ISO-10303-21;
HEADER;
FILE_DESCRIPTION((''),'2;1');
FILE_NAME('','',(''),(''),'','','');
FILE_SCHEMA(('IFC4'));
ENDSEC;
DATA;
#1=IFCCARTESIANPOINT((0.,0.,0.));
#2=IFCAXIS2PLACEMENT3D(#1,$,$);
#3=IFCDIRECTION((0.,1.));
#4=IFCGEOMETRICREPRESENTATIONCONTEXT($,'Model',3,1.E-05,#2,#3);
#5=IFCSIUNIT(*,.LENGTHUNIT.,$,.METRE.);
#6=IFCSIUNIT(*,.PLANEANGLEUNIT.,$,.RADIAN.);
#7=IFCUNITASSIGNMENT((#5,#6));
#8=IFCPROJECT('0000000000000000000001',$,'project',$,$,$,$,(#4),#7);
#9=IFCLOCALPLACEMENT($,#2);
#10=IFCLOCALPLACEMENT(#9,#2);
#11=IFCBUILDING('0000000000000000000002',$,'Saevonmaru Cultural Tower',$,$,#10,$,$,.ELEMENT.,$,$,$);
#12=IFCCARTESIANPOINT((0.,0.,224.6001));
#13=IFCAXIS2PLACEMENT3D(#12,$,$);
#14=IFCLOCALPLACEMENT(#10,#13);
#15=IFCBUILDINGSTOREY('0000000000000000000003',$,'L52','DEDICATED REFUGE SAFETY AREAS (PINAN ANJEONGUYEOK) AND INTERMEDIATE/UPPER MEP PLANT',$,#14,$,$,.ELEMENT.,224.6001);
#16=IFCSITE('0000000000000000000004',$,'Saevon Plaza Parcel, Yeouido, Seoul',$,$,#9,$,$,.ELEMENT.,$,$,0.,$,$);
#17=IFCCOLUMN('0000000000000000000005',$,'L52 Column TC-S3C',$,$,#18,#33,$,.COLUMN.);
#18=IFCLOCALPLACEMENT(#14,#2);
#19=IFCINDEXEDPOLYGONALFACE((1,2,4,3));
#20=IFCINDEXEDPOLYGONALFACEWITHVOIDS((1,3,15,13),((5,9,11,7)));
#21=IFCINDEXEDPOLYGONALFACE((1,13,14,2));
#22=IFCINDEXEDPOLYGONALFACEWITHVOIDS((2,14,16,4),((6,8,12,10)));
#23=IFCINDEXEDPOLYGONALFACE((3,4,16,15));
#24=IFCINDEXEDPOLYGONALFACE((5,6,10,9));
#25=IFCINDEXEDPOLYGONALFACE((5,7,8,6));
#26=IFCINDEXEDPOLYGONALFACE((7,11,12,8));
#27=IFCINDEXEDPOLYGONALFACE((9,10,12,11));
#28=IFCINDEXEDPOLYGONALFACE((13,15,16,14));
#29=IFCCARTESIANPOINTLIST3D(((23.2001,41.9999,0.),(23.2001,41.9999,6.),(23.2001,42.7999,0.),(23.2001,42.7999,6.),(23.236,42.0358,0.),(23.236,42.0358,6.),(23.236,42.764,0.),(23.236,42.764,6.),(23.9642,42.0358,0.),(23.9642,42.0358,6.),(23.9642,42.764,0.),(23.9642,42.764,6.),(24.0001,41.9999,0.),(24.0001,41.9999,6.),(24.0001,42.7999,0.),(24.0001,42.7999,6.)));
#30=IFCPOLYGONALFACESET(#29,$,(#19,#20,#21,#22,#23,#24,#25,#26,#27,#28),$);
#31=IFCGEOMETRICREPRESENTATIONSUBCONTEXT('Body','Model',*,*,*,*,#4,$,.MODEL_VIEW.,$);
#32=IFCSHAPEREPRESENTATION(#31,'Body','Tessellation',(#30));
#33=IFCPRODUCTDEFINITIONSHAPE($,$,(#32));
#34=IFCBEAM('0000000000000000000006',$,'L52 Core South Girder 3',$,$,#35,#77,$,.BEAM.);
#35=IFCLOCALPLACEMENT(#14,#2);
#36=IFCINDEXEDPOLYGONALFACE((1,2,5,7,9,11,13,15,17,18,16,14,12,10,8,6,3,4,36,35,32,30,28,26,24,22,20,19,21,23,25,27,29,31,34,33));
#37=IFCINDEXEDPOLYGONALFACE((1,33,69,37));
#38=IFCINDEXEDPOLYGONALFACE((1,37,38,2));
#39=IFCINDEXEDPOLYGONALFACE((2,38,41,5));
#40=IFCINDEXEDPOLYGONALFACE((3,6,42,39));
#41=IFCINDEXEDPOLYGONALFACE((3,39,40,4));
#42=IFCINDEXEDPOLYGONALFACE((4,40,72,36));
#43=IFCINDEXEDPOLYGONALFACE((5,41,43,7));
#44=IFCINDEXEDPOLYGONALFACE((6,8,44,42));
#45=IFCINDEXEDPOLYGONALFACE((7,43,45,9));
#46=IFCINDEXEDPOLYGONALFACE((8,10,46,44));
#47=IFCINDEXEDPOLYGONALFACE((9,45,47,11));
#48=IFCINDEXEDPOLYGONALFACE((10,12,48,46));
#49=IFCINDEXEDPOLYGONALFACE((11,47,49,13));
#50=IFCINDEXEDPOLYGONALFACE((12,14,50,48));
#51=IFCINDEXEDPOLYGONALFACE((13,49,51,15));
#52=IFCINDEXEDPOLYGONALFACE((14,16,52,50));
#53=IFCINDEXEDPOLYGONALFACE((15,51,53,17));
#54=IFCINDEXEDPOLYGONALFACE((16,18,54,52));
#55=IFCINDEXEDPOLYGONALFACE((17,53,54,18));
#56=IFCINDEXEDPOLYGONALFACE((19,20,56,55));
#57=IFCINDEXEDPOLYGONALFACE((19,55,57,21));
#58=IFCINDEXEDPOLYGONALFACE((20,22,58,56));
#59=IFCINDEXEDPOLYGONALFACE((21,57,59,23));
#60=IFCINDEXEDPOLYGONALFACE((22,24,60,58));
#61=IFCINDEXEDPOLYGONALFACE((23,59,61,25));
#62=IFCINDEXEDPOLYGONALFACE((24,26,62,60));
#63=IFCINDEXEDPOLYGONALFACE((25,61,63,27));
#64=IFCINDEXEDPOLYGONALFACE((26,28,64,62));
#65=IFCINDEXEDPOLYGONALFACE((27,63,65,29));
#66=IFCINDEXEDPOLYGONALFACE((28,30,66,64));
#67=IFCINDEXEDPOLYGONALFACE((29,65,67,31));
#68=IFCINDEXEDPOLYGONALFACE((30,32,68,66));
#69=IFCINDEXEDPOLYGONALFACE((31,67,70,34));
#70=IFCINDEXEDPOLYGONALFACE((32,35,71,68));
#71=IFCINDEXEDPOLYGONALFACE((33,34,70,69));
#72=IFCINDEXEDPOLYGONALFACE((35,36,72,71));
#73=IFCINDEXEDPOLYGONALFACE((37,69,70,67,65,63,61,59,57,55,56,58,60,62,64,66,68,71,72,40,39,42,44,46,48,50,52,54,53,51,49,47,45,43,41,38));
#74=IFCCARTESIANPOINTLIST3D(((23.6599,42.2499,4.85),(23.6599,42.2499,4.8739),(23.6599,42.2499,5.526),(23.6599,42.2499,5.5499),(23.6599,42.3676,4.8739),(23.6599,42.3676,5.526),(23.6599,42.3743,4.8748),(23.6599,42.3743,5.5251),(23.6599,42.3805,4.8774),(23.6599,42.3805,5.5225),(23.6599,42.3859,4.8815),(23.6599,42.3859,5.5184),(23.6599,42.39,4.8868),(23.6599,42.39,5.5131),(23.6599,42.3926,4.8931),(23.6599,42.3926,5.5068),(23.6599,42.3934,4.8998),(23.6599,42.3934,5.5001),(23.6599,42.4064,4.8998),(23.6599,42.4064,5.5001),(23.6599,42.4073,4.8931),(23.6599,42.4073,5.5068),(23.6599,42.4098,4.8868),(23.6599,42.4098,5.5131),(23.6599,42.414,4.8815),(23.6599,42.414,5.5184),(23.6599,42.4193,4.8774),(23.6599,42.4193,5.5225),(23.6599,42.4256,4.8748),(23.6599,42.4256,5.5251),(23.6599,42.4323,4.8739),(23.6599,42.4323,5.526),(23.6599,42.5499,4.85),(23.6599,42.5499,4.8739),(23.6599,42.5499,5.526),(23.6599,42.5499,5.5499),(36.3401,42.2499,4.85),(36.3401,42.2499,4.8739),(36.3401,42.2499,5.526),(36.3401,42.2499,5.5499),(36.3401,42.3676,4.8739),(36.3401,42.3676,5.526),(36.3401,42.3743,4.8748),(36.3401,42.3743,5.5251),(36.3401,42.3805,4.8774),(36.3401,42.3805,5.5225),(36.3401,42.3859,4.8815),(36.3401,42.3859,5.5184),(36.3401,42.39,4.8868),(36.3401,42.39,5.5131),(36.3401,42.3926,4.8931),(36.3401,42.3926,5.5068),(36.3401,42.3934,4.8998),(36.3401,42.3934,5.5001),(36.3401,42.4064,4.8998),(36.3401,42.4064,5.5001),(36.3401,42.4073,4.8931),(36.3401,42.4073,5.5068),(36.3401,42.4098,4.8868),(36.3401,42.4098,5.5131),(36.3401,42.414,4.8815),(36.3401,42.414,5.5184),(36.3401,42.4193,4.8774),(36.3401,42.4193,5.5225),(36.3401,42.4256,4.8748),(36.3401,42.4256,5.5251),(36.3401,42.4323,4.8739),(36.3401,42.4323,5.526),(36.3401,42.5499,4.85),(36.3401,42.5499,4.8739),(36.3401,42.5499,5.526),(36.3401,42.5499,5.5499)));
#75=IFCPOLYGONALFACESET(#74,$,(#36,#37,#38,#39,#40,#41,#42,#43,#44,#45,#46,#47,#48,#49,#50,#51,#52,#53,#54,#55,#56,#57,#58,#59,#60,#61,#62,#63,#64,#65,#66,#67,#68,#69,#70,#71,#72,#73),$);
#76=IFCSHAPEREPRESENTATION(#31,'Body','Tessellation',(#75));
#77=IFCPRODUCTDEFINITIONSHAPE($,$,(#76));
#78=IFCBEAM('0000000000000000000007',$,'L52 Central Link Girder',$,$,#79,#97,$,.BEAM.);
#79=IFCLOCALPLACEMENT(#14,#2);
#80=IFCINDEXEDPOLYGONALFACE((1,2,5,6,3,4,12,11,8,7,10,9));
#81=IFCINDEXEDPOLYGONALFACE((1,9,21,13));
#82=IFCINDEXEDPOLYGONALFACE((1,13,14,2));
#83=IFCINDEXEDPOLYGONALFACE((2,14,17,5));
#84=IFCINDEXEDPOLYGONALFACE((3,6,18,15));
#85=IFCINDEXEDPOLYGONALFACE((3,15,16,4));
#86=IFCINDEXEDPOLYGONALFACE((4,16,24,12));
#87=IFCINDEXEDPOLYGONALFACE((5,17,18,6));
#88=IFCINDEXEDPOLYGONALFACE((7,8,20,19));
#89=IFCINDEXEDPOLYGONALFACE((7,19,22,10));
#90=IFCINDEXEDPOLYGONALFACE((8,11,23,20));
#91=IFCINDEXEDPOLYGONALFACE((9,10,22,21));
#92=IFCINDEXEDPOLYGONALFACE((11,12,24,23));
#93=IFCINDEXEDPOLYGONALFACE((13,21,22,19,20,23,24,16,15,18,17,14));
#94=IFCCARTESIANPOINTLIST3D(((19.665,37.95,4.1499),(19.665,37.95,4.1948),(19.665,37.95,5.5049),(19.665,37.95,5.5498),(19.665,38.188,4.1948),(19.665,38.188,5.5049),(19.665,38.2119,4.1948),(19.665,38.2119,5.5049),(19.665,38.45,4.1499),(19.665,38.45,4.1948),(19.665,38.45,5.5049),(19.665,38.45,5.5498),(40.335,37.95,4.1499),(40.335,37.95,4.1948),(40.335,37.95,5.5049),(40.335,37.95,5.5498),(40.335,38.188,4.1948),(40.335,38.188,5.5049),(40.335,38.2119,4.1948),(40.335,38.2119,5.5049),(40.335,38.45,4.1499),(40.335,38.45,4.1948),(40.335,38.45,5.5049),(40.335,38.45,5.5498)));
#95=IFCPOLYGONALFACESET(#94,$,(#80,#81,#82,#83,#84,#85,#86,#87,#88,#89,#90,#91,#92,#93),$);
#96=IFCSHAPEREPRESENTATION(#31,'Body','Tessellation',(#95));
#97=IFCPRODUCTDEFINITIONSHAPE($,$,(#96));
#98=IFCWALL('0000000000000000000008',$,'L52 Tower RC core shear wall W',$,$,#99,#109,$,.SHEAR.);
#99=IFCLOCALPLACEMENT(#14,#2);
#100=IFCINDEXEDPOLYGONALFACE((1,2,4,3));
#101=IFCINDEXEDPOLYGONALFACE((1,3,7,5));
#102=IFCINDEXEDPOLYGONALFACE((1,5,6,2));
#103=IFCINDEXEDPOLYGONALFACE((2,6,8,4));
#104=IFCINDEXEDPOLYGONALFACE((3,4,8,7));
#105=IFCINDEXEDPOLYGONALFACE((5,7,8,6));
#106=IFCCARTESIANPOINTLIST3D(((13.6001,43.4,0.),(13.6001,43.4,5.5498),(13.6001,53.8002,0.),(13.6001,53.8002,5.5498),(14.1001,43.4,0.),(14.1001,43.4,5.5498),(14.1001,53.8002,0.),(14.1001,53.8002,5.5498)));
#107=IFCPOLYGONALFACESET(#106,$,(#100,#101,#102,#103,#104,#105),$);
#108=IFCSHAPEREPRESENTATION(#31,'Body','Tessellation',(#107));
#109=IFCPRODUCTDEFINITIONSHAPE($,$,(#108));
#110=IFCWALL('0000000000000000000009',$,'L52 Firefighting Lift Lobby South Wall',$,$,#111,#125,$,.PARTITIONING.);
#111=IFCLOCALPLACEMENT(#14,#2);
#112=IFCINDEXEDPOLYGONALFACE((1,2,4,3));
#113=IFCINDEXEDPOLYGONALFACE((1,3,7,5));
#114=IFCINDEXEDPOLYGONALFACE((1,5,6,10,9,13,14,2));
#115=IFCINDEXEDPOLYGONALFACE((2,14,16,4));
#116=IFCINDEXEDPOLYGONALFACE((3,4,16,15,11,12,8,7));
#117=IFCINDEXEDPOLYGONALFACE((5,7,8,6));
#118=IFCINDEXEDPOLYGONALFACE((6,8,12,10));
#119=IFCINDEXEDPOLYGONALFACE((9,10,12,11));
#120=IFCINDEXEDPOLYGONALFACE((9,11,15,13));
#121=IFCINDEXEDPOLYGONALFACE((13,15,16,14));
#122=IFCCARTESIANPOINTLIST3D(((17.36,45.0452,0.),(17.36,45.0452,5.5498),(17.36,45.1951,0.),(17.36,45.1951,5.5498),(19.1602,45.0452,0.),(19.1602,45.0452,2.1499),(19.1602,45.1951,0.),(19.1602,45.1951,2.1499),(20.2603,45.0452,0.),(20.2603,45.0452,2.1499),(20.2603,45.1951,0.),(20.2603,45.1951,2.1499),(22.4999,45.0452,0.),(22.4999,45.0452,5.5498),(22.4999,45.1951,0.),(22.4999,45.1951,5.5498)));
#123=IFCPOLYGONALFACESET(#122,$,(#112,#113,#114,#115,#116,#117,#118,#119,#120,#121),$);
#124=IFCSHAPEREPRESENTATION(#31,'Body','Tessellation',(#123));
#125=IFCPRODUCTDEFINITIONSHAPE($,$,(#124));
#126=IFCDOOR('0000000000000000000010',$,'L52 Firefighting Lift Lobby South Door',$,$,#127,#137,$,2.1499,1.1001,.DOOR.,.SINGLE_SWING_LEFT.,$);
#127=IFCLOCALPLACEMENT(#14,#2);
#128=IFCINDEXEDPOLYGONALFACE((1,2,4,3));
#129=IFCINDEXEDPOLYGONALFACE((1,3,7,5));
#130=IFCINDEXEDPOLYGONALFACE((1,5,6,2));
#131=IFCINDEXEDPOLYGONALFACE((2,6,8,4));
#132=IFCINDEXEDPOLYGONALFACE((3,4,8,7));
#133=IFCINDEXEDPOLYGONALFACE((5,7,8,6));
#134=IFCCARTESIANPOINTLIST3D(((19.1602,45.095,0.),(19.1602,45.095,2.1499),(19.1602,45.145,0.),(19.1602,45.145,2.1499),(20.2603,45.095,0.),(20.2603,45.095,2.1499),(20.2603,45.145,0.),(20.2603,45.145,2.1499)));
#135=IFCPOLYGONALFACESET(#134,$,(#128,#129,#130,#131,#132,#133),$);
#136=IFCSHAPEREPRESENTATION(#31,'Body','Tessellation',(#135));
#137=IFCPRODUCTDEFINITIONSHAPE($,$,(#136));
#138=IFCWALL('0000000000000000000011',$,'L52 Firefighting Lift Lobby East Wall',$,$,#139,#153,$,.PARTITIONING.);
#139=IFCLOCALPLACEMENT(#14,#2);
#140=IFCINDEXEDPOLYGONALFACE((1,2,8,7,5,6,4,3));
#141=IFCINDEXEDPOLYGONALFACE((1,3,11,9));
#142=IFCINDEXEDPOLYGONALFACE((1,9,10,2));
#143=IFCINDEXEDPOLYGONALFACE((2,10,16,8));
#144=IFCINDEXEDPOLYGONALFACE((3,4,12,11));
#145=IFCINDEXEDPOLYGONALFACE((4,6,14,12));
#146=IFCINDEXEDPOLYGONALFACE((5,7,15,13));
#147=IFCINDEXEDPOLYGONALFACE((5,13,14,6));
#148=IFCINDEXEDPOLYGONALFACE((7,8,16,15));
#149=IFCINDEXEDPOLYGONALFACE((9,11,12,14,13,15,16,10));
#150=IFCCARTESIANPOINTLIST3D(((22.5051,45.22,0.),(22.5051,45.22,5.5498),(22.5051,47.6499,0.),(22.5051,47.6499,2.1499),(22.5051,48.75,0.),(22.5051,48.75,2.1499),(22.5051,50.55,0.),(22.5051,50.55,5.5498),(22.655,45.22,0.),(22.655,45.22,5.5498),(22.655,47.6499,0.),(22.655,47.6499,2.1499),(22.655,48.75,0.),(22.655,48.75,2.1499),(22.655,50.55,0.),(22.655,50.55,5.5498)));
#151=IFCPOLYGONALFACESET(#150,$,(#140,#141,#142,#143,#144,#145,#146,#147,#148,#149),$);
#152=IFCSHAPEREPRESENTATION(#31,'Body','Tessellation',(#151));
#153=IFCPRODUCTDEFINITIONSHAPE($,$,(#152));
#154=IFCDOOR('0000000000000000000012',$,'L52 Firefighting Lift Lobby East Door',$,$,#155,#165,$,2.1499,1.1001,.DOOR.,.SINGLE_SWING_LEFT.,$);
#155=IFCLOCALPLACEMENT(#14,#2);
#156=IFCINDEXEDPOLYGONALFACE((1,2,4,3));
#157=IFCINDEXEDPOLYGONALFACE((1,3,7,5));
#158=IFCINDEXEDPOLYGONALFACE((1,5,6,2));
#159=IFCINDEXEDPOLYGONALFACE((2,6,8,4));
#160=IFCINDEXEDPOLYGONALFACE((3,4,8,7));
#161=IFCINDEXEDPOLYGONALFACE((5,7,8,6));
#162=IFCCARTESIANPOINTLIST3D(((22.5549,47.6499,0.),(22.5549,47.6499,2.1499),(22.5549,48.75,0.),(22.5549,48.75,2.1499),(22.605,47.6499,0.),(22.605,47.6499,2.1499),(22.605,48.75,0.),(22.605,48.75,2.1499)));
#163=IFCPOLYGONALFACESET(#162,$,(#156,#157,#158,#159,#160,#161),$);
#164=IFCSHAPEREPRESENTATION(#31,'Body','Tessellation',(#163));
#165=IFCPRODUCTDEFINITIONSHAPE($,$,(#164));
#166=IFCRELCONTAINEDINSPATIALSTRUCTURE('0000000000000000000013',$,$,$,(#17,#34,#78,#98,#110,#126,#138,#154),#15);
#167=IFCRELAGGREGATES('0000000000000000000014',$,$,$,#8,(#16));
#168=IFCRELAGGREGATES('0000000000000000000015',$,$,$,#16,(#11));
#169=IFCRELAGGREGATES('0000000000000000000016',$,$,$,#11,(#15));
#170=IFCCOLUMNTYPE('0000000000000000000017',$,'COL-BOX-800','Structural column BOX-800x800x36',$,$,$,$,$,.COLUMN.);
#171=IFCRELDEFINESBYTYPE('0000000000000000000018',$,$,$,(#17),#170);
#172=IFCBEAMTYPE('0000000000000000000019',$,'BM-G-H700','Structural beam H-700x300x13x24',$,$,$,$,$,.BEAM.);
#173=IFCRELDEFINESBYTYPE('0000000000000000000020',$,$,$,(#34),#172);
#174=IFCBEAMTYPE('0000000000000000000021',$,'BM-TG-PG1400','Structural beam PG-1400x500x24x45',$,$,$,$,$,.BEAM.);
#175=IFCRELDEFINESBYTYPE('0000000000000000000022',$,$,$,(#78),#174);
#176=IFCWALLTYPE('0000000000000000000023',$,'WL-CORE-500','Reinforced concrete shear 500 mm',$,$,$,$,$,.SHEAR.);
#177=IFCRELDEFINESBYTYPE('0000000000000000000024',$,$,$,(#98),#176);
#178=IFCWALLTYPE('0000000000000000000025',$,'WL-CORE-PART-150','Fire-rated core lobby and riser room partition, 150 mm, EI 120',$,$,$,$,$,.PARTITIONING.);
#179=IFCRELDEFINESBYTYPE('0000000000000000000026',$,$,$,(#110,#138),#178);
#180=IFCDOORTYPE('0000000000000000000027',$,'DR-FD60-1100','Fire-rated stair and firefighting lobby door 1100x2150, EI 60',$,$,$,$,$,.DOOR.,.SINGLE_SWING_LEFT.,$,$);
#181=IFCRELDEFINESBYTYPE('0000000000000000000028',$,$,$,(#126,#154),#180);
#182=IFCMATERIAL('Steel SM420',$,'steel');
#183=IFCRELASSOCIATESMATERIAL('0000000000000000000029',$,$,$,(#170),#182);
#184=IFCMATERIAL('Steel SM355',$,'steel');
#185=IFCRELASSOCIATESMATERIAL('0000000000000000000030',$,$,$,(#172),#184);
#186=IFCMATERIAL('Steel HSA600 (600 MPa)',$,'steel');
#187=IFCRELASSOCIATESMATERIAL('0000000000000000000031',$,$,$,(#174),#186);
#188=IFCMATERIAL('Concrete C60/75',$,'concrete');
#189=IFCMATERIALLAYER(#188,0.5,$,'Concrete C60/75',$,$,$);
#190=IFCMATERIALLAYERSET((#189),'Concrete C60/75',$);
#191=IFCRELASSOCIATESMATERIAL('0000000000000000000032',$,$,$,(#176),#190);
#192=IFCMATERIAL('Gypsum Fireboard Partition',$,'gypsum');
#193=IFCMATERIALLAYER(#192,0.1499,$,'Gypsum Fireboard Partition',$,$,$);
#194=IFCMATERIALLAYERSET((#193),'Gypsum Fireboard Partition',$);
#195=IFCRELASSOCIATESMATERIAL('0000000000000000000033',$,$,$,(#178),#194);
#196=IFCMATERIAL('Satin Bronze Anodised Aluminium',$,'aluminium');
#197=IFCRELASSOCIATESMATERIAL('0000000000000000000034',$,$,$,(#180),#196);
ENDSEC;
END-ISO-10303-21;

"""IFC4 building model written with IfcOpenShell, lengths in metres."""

from ifc_helpers import new_model, si_unit, direction, frame, frame_2d, origin, origin_2d, place, context, subcontext, project, spatial, rectangle, hollow_rectangle, i_section, extrude, material, layer, layer_set, material_profile, profile_set, type_object, element, fill, save


model = new_model("IFC4")

# Units and contexts
model_context = context("Model", 3, precision=1e-05, world=origin(), true_north=direction((0.0, 1.0)))
body_context = subcontext(model_context, "Body", "Model", "MODEL_VIEW")
ifc_project = project(units=[si_unit("LENGTHUNIT", "METRE"), si_unit("PLANEANGLEUNIT", "RADIAN")], contexts=[model_context])

# Site, building, storey
site_placement = place(None, origin())
site = spatial("IfcSite", under=ifc_project, at=site_placement, Name="Saevon Plaza Parcel, Yeouido, Seoul", CompositionType="ELEMENT", RefElevation=0.0)
building_placement = place(site_placement, origin())
building = spatial("IfcBuilding", under=site, at=building_placement, Name="Saevonmaru Cultural Tower", CompositionType="ELEMENT")
storey_placement = place(building_placement, frame((0.0, 0.0, 224.6001)))
storey = spatial("IfcBuildingStorey", under=building, at=storey_placement, Name="L52", Description="DEDICATED REFUGE SAFETY AREAS (PINAN ANJEONGUYEOK) AND INTERMEDIATE/UPPER MEP PLANT", CompositionType="ELEMENT", Elevation=224.6001)

# Column
ifc_material_1 = material(Name="Steel SM420", Category="steel")
ifc_material_profile_1 = material_profile(ifc_material_1, hollow_rectangle(XDim=0.8, YDim=0.8, WallThickness=0.0359, at=origin_2d()), Name="BOX-800x800x36")
ifc_profile_set_1 = profile_set([ifc_material_profile_1], Name="Steel SM420")
column_type = type_object("IfcColumnType", Name="COL-BOX-800", Description="Structural column BOX-800x800x36", PredefinedType="COLUMN", material=ifc_profile_set_1)
column_placement = place(storey_placement, frame((23.6001, 42.3999, 0.0), z_axis=(0.0, 0.0, 1.0), x_axis=(1.0, 0.0, 0.0)))
element("IfcColumn", 1, at=column_placement, inside=storey, type_object=column_type, Name="L52 Column TC-S3C", PredefinedType="COLUMN", context=body_context, shape_type="SweptSolid", body=[
    extrude(hollow_rectangle(XDim=0.8, YDim=0.8, WallThickness=0.0359, at=origin_2d()), origin(), (0.0, 0.0, 1.0), 6.0),
])

# Beams
ifc_material_2 = material(Name="Steel SM355", Category="steel")
ifc_material_profile_2 = material_profile(ifc_material_2, i_section(OverallWidth=0.3, OverallDepth=0.7, WebThickness=0.0129, FlangeThickness=0.0239, FilletRadius=0.0259, at=origin_2d()), Name="H-700x300x13x24")
ifc_profile_set_2 = profile_set([ifc_material_profile_2], Name="Steel SM355")
beam_type_1 = type_object("IfcBeamType", Name="BM-G-H700", Description="Structural beam H-700x300x13x24", PredefinedType="BEAM", material=ifc_profile_set_2)
beam_1_placement = place(storey_placement, frame((23.6599, 42.3999, 5.2), z_axis=(1.0, 0.0, 0.0), x_axis=(0.0, 1.0, 0.0)))
element("IfcBeam", 2, at=beam_1_placement, inside=storey, type_object=beam_type_1, Name="L52 Core South Girder 3", PredefinedType="BEAM", context=body_context, shape_type="SweptSolid", body=[
    extrude(i_section(OverallWidth=0.3, OverallDepth=0.7, WebThickness=0.0129, FlangeThickness=0.0239, FilletRadius=0.0259, at=origin_2d()), origin(), (0.0, 0.0, 1.0), 12.6802),
])
ifc_material_3 = material(Name="Steel HSA600 (600 MPa)", Category="steel")
ifc_material_profile_3 = material_profile(ifc_material_3, i_section(OverallWidth=0.5, OverallDepth=1.3999, WebThickness=0.0239, FlangeThickness=0.0449, at=origin_2d()), Name="PG-1400x500x24x45")
ifc_profile_set_3 = profile_set([ifc_material_profile_3], Name="Steel HSA600 (600 MPa)")
beam_type_2 = type_object("IfcBeamType", Name="BM-TG-PG1400", Description="Structural beam PG-1400x500x24x45", PredefinedType="BEAM", material=ifc_profile_set_3)
beam_2_placement = place(storey_placement, frame((19.665, 38.2, 4.8499), z_axis=(1.0, 0.0, 0.0), x_axis=(0.0, 1.0, 0.0)))
element("IfcBeam", 3, at=beam_2_placement, inside=storey, type_object=beam_type_2, Name="L52 Central Link Girder", PredefinedType="BEAM", context=body_context, shape_type="SweptSolid", body=[
    extrude(i_section(OverallWidth=0.5, OverallDepth=1.3999, WebThickness=0.0239, FlangeThickness=0.0449, at=origin_2d()), origin(), (0.0, 0.0, 1.0), 20.6699),
])

# Wall
ifc_material_4 = material(Name="Concrete C60/75", Category="concrete")
ifc_layer_1 = layer(ifc_material_4, 0.5, Name="Concrete C60/75")
ifc_layer_set_1 = layer_set([ifc_layer_1], Name="Concrete C60/75")
wall_type_1 = type_object("IfcWallType", Name="WL-CORE-500", Description="Reinforced concrete shear 500 mm", PredefinedType="SHEAR", material=ifc_layer_set_1)
wall_1_placement = place(storey_placement, frame((13.8501, 43.3999, 0.0), z_axis=(0.0, 0.0, 1.0), x_axis=(0.0, 1.0, 0.0)))
element("IfcWall", 4, at=wall_1_placement, inside=storey, type_object=wall_type_1, Name="L52 Tower RC core shear wall W", PredefinedType="SHEAR", context=body_context, shape_type="SweptSolid", body=[
    extrude(rectangle(XDim=10.4001, YDim=0.5, at=frame_2d((5.2002, 0.0))), origin(), (0.0, 0.0, 1.0), 5.5498),
])

# Walls, openings, doors
ifc_material_5 = material(Name="Gypsum Fireboard Partition", Category="gypsum")
ifc_layer_2 = layer(ifc_material_5, 0.1499, Name="Gypsum Fireboard Partition")
ifc_layer_set_2 = layer_set([ifc_layer_2], Name="Gypsum Fireboard Partition")
wall_type_2 = type_object("IfcWallType", Name="WL-CORE-PART-150", Description="Fire-rated core lobby and riser room partition, 150 mm, EI 120", PredefinedType="PARTITIONING", material=ifc_layer_set_2)
wall_2_placement = place(storey_placement, frame((17.3601, 45.1201, 0.0), z_axis=(0.0, 0.0, 1.0), x_axis=(1.0, 0.0, 0.0)))
wall_2 = element("IfcWall", 5, at=wall_2_placement, inside=storey, type_object=wall_type_2, Name="L52 Firefighting Lift Lobby South Wall", PredefinedType="PARTITIONING", context=body_context, shape_type="SweptSolid", body=[
    extrude(rectangle(XDim=5.1399, YDim=0.1499, at=frame_2d((2.5698, 0.0))), origin(), (0.0, 0.0, 1.0), 5.5498),
])
opening_1_placement = place(wall_2_placement, frame((1.8, 0.0, 0.0)))
opening_1 = element("IfcOpeningElement", 6, at=opening_1_placement, cuts=wall_2, PredefinedType="OPENING", context=body_context, shape_type="SweptSolid", body=[
    extrude(rectangle(XDim=1.1001, YDim=2.1499, at=frame_2d((0.55, 1.075))), frame((0.0, 0.085, 0.0), z_axis=(0.0, -1.0, 0.0), x_axis=(1.0, 0.0, 0.0)), (0.0, 0.0, 1.0), 0.1699),
])
ifc_material_6 = material(Name="Satin Bronze Anodised Aluminium", Category="aluminium")
door_type_1 = type_object("IfcDoorType", Name="DR-FD60-1100", Description="Fire-rated stair and firefighting lobby door 1100x2150, EI 60", OperationType="SINGLE_SWING_LEFT", PredefinedType="DOOR", material=ifc_material_6)
door_1_placement = place(opening_1_placement, origin())
door_1 = element("IfcDoor", 7, at=door_1_placement, inside=storey, type_object=door_type_1, Name="L52 Firefighting Lift Lobby South Door", OperationType="SINGLE_SWING_LEFT", OverallHeight=2.1499, OverallWidth=1.1001, PredefinedType="DOOR", context=body_context, shape_type="SweptSolid", body=[
    extrude(rectangle(XDim=1.1001, YDim=2.1499, at=frame_2d((0.55, 1.075))), frame((0.0, 0.0249, 0.0), z_axis=(0.0, -1.0, 0.0), x_axis=(1.0, 0.0, 0.0)), (0.0, 0.0, 1.0), 0.05),
])
fill(opening_1, door_1)
wall_3_placement = place(storey_placement, frame((22.5801, 50.55, 0.0), z_axis=(0.0, 0.0, 1.0), x_axis=(0.0, -1.0, 0.0)))
wall_3 = element("IfcWall", 8, at=wall_3_placement, inside=storey, type_object=wall_type_2, Name="L52 Firefighting Lift Lobby East Wall", PredefinedType="PARTITIONING", context=body_context, shape_type="SweptSolid", body=[
    extrude(rectangle(XDim=5.3301, YDim=0.1499, at=frame_2d((2.665, 0.0))), origin(), (0.0, 0.0, 1.0), 5.5498),
])
opening_2_placement = place(wall_3_placement, frame((1.8, 0.0, 0.0)))
opening_2 = element("IfcOpeningElement", 9, at=opening_2_placement, cuts=wall_3, PredefinedType="OPENING", context=body_context, shape_type="SweptSolid", body=[
    extrude(rectangle(XDim=1.1001, YDim=2.1499, at=frame_2d((0.55, 1.075))), frame((0.0, 0.085, 0.0), z_axis=(0.0, -1.0, 0.0), x_axis=(1.0, 0.0, 0.0)), (0.0, 0.0, 1.0), 0.1699),
])
door_2_placement = place(opening_2_placement, origin())
door_2 = element("IfcDoor", 10, at=door_2_placement, inside=storey, type_object=door_type_1, Name="L52 Firefighting Lift Lobby East Door", OperationType="SINGLE_SWING_LEFT", OverallHeight=2.1499, OverallWidth=1.1001, PredefinedType="DOOR", context=body_context, shape_type="SweptSolid", body=[
    extrude(rectangle(XDim=1.1001, YDim=2.1499, at=frame_2d((0.55, 1.075))), frame((0.0, 0.0249, 0.0), z_axis=(0.0, -1.0, 0.0), x_axis=(1.0, 0.0, 0.0)), (0.0, 0.0, 1.0), 0.05),
])
fill(opening_2, door_2)

save(model, "model.ifc")
